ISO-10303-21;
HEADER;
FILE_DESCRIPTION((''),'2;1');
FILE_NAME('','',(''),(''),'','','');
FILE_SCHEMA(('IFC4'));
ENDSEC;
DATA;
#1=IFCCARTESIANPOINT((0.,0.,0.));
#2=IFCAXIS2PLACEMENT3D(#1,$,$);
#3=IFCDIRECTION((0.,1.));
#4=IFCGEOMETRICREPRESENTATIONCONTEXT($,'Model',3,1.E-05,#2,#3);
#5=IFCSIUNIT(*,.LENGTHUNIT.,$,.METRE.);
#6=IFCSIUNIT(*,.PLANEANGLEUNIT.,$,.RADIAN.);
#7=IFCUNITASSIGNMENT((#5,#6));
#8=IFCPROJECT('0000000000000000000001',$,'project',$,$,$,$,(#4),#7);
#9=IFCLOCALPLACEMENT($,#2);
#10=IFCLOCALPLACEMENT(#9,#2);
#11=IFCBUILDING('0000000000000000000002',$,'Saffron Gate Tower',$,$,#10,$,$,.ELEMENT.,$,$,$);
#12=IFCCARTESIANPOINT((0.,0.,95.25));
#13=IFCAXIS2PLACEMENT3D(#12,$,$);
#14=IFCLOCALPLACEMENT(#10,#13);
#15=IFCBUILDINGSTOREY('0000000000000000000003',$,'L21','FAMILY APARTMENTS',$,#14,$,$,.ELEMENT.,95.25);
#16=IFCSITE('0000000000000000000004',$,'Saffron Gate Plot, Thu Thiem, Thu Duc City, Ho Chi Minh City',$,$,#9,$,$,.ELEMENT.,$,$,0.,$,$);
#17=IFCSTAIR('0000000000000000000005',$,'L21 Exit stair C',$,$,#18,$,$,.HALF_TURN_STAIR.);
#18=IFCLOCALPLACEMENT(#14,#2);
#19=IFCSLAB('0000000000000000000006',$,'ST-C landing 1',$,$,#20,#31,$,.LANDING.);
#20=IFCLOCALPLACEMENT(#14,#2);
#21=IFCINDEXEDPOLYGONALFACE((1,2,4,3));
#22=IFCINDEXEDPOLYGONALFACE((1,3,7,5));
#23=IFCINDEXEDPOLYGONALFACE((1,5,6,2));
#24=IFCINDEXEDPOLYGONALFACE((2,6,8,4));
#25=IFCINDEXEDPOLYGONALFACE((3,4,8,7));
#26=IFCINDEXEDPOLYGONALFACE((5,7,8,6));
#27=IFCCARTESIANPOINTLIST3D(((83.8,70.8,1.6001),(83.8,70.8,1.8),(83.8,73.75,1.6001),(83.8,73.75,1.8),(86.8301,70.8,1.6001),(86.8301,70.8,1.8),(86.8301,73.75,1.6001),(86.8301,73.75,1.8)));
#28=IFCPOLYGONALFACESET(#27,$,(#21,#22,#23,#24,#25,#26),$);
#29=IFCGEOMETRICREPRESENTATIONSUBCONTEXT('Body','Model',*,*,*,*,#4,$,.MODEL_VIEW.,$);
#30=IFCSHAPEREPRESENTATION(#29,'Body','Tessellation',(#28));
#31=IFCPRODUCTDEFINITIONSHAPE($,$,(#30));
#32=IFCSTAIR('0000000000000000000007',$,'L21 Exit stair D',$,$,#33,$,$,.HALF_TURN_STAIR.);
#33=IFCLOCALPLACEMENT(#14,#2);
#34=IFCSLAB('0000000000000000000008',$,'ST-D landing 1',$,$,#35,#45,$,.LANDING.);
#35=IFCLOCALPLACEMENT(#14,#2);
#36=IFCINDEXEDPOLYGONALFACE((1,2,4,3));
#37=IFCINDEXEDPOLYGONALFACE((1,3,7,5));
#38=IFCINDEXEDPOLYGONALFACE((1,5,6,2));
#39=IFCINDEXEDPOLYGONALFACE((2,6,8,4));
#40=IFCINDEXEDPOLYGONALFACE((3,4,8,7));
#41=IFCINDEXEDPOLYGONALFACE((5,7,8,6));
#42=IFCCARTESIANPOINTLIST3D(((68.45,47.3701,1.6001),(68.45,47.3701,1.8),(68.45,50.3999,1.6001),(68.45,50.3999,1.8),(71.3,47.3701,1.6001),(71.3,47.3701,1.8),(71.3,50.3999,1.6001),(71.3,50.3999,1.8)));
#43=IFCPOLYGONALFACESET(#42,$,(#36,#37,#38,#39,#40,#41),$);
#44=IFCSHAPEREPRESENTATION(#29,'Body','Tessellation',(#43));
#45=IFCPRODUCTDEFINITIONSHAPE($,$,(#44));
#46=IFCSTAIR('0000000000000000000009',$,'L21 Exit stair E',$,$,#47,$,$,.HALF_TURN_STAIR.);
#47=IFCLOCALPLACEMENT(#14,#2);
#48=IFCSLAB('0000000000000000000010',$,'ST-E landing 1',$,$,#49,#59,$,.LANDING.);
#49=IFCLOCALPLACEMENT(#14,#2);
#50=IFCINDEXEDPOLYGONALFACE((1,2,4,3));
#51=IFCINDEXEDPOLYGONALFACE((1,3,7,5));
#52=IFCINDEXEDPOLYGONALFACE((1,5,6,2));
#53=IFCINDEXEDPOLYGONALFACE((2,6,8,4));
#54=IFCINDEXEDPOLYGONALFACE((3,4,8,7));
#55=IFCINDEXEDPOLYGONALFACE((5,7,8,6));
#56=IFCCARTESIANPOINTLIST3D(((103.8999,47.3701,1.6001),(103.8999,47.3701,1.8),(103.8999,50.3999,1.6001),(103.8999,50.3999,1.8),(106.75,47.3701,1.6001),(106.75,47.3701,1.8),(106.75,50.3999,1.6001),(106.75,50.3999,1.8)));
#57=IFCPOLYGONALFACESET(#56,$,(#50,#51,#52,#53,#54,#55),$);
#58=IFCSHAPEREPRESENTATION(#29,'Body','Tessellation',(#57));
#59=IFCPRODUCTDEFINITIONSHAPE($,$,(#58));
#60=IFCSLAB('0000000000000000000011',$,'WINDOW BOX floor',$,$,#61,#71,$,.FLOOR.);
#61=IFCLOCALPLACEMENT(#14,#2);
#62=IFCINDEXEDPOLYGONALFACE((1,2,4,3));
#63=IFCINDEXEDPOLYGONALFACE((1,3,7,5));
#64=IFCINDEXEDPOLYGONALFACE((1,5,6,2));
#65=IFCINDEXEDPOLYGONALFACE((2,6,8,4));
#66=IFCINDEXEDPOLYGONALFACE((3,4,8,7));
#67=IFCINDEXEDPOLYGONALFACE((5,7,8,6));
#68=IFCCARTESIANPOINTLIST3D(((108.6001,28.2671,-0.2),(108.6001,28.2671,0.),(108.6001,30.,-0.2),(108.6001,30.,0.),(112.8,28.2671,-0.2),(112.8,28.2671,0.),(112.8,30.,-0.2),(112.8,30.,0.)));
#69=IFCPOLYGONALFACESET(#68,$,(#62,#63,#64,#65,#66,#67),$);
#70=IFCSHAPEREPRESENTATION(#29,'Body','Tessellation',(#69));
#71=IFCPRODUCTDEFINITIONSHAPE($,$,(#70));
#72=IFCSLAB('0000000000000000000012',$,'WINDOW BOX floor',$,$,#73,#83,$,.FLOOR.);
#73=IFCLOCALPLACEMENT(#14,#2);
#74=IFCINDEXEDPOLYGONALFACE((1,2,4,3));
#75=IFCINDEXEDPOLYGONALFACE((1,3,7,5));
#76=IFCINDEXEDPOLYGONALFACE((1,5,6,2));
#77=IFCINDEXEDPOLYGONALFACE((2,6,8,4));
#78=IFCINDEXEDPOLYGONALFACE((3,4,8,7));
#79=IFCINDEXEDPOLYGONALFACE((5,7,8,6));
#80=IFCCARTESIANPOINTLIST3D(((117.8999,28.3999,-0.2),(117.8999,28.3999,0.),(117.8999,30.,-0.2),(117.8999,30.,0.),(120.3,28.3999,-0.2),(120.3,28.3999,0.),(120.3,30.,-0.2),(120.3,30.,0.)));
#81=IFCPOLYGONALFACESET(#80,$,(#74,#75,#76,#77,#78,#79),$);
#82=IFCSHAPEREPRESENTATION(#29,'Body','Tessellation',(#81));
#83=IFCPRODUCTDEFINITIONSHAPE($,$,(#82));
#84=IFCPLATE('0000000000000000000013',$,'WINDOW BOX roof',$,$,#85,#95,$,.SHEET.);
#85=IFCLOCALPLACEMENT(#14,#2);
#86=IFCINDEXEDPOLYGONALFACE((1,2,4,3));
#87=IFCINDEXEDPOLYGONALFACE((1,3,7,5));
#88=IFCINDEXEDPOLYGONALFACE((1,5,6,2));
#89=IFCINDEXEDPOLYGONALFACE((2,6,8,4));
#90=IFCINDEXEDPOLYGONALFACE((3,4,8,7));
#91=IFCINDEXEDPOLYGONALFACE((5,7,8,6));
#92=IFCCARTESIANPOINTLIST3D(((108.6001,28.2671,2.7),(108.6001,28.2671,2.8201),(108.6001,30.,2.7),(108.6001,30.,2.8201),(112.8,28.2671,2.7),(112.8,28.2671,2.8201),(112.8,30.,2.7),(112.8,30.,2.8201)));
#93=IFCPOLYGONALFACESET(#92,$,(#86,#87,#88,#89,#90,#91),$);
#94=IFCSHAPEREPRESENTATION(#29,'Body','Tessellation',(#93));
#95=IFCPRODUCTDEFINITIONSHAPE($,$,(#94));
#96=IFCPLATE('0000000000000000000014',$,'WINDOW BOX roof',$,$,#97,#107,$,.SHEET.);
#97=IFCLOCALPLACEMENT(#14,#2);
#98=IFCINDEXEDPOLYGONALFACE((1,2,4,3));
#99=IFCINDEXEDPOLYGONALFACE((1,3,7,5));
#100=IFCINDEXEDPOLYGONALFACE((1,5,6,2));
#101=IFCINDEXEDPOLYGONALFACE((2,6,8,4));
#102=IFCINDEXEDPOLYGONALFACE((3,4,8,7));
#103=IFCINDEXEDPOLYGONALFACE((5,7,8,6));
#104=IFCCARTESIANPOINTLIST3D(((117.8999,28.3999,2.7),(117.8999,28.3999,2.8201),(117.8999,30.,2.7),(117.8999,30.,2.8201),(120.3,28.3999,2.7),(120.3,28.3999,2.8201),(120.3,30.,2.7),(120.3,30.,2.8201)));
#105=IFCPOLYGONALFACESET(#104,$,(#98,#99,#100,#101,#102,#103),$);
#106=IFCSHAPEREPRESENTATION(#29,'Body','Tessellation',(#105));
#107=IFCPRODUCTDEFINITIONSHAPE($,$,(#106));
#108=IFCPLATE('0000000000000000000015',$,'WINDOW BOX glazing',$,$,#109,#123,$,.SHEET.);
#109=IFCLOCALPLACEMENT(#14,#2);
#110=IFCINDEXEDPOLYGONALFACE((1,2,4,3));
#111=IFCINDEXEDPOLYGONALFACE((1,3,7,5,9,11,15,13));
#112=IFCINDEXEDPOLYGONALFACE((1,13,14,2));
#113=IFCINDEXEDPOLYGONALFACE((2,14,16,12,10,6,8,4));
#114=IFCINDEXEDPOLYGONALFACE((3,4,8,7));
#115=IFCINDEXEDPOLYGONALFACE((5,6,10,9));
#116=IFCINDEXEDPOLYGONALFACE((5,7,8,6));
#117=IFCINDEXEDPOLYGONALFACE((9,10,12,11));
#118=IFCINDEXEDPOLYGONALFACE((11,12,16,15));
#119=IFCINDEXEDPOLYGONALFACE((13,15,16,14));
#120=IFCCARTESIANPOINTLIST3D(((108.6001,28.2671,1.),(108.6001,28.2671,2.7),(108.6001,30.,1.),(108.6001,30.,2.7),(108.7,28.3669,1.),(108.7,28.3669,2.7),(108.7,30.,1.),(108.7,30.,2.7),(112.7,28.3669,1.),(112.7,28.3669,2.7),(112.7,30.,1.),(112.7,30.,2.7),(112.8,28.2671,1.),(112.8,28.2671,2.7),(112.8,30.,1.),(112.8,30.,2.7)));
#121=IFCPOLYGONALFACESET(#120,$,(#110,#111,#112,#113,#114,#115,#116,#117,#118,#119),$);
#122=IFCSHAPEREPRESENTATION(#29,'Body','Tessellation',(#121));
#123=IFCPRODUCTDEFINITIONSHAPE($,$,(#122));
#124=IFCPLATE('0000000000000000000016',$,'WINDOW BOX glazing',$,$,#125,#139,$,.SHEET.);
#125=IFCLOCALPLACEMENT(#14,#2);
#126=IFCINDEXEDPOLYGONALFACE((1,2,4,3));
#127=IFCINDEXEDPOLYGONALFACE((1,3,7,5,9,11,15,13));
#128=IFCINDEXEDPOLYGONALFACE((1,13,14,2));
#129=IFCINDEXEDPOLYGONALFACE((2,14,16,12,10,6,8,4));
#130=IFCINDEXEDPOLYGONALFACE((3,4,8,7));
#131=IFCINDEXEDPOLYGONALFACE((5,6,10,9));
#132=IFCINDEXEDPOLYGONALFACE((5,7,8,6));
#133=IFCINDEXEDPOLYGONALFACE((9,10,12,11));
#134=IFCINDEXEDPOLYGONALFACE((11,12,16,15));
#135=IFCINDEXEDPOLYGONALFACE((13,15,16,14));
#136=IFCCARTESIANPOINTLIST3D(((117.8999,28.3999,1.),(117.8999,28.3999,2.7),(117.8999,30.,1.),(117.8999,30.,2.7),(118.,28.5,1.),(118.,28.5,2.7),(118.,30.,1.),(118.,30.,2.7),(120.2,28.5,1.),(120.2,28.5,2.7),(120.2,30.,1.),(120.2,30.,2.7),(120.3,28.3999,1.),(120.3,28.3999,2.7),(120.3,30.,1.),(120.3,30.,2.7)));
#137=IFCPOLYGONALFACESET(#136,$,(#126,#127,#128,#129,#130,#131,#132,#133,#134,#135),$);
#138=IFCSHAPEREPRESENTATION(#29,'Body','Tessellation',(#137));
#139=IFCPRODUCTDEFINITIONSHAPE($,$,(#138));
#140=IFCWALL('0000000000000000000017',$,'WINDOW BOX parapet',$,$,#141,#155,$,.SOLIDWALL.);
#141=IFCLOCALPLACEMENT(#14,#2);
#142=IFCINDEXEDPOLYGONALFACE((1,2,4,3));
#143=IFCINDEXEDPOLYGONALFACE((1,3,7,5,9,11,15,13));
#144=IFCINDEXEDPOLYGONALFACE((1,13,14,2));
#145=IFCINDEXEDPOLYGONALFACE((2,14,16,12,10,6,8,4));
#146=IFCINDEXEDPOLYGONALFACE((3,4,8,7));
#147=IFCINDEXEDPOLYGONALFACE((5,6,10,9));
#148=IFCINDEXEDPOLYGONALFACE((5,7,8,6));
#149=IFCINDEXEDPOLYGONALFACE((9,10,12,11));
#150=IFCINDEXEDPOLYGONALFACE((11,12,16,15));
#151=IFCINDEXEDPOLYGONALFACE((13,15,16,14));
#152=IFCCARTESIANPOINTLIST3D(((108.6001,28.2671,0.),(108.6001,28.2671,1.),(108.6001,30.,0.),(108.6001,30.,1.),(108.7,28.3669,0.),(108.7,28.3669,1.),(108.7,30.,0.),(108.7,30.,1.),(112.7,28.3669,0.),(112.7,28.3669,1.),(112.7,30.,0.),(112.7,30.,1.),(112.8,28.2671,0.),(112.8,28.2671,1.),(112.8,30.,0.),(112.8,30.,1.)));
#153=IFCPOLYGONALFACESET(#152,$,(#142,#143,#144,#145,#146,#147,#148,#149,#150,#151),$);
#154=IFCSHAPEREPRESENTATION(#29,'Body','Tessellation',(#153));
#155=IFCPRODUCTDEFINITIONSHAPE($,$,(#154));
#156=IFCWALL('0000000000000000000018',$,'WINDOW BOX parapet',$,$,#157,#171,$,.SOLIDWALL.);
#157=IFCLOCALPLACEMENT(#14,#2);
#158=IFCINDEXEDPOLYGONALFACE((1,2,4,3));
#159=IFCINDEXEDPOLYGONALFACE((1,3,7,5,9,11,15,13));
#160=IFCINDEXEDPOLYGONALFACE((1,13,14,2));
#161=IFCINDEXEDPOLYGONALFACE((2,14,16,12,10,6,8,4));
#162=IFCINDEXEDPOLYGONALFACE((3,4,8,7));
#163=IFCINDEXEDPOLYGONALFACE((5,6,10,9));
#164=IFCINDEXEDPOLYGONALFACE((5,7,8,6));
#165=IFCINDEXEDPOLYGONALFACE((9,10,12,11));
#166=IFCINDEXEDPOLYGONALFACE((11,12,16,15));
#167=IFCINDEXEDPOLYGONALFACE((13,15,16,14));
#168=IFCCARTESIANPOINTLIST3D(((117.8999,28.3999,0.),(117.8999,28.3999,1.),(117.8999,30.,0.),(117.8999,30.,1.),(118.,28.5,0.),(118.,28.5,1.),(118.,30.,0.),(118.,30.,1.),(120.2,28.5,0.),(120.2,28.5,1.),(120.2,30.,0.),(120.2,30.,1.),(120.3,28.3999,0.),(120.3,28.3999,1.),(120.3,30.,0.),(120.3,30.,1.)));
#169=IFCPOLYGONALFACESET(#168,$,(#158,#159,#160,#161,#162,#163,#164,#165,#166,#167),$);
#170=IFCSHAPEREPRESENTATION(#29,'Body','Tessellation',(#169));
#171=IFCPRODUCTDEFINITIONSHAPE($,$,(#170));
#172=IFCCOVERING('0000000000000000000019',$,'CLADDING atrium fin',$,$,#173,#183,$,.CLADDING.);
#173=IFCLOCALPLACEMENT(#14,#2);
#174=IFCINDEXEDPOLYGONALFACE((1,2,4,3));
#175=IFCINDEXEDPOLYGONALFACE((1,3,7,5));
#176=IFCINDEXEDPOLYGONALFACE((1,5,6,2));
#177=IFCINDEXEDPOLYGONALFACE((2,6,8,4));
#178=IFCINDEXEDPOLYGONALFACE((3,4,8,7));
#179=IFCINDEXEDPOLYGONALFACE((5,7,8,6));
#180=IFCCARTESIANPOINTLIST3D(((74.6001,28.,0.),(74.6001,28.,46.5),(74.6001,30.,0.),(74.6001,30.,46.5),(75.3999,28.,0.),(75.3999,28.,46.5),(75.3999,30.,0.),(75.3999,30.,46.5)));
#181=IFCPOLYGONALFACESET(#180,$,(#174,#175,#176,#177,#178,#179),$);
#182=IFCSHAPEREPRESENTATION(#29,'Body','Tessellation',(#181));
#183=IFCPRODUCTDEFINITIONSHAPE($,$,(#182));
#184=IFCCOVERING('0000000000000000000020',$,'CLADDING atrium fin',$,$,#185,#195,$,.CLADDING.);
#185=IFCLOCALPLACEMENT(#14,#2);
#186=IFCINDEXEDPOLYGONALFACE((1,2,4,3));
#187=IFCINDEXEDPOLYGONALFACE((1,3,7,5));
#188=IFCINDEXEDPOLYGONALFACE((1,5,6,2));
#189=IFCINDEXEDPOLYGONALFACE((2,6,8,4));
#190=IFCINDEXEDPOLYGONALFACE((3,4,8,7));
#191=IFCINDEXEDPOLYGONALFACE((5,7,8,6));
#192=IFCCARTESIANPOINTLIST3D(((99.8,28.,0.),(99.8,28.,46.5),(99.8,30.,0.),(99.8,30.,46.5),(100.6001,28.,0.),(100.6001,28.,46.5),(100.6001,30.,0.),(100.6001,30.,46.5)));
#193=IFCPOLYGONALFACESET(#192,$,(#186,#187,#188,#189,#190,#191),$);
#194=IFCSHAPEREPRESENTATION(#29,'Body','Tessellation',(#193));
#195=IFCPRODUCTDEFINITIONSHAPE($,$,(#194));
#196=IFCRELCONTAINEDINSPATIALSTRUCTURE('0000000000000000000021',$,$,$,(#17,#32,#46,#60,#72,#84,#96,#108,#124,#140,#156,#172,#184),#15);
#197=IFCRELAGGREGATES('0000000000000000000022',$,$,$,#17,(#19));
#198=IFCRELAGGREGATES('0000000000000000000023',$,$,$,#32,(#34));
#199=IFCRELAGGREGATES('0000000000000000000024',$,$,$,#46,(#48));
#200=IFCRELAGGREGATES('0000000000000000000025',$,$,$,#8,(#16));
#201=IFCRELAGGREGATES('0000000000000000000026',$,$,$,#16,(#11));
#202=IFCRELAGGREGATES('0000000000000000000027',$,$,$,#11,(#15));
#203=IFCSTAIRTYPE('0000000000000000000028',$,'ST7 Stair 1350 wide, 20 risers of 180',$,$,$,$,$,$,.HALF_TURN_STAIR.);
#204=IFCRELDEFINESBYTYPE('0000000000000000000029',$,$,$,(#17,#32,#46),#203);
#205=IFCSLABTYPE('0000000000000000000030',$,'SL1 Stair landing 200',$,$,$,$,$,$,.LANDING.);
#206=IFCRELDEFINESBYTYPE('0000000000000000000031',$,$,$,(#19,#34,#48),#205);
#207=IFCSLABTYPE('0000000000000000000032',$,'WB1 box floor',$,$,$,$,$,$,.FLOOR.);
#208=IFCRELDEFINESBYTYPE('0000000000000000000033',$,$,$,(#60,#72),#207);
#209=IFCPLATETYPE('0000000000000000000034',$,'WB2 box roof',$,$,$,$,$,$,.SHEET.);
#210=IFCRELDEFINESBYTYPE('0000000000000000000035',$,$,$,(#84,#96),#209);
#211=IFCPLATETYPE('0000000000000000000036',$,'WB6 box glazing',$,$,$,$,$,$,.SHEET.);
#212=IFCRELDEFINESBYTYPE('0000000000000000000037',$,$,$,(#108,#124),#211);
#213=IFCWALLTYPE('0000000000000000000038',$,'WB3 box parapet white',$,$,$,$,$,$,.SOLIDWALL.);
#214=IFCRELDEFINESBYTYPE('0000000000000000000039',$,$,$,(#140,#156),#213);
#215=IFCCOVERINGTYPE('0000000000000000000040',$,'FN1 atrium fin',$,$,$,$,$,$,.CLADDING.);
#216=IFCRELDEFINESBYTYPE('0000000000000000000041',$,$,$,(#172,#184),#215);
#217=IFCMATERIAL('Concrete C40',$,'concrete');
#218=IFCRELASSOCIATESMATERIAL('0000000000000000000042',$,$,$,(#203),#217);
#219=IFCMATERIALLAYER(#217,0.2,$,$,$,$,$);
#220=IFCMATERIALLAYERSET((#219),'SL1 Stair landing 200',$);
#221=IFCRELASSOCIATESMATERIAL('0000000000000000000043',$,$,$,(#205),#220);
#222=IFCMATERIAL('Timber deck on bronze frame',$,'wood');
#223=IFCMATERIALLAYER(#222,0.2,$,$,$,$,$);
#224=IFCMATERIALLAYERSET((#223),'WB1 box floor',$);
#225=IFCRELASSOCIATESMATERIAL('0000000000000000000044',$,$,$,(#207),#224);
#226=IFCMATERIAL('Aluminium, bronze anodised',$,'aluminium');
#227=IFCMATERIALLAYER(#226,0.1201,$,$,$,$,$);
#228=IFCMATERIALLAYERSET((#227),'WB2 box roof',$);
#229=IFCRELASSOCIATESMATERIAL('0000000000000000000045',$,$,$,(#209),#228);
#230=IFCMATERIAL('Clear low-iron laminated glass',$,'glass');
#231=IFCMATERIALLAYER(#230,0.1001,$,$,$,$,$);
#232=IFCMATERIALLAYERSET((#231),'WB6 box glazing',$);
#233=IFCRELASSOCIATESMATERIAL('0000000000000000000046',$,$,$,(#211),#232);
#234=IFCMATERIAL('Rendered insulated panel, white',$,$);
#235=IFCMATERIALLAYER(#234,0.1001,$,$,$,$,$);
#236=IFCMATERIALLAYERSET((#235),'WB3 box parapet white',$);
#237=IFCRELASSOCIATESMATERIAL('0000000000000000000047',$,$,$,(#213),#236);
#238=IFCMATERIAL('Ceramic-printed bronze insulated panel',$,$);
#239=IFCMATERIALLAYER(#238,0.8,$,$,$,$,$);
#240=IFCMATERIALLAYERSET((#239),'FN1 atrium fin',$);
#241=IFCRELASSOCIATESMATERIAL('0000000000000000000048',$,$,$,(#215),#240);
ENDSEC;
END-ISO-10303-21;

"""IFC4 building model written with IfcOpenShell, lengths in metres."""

from ifc_helpers import new_model, si_unit, direction, frame, origin, place, context, subcontext, project, spatial, polyline, outline, extrude, material, layer, layer_set, type_object, element, aggregate, save


model = new_model("IFC4")

# Units and contexts
model_context = context("Model", 3, precision=1e-05, world=origin(), true_north=direction((0.0, 1.0)))
body_context = subcontext(model_context, "Body", "Model", "MODEL_VIEW")
ifc_project = project(units=[si_unit("LENGTHUNIT", "METRE"), si_unit("PLANEANGLEUNIT", "RADIAN")], contexts=[model_context])

# Site, building, storey
site_placement = place(None, origin())
site = spatial("IfcSite", under=ifc_project, at=site_placement, Name="Saffron Gate Plot, Thu Thiem, Thu Duc City, Ho Chi Minh City", CompositionType="ELEMENT", RefElevation=0.0)
building_placement = place(site_placement, origin())
building = spatial("IfcBuilding", under=site, at=building_placement, Name="Saffron Gate Tower", CompositionType="ELEMENT")
storey_placement = place(building_placement, frame((0.0, 0.0, 95.25)))
storey = spatial("IfcBuildingStorey", under=building, at=storey_placement, Name="L21", Description="FAMILY APARTMENTS", CompositionType="ELEMENT", Elevation=95.25)

# Shared definitions
ifc_material_1 = material(Name="Aluminium, bronze anodised", Category="aluminium")

# Stairs, slabs
ifc_material_2 = material(Name="Concrete C40", Category="concrete")
stair_type = type_object("IfcStairType", Name="ST7 Stair 1350 wide, 20 risers of 180", PredefinedType="HALF_TURN_STAIR", material=ifc_material_2)
ifc_layer_1 = layer(ifc_material_2, 0.2)
ifc_layer_set_1 = layer_set([ifc_layer_1], Name="SL1 Stair landing 200")
slab_type_1 = type_object("IfcSlabType", Name="SL1 Stair landing 200", PredefinedType="LANDING", material=ifc_layer_set_1)
stair_1_placement = place(storey_placement, origin())
stair_1 = element("IfcStair", 1, at=stair_1_placement, inside=storey, type_object=stair_type, Name="L21 Exit stair C", PredefinedType="HALF_TURN_STAIR")
slab_1_placement = place(storey_placement, frame((0.0, 0.0, 1.6001)))
slab_1 = element("IfcSlab", 2, at=slab_1_placement, type_object=slab_type_1, Name="ST-C landing 1", PredefinedType="LANDING", context=body_context, shape_type="SweptSolid", body=[
    extrude(outline(polyline([(86.8301, 73.75), (83.8, 73.75), (83.8, 70.8), (86.8301, 70.8), (86.8301, 73.75)])), origin(), (0.0, 0.0, 1.0), 0.2),
])
aggregate(stair_1, [slab_1])
stair_2_placement = place(storey_placement, origin())
stair_2 = element("IfcStair", 3, at=stair_2_placement, inside=storey, type_object=stair_type, Name="L21 Exit stair D", PredefinedType="HALF_TURN_STAIR")
slab_2_placement = place(storey_placement, frame((0.0, 0.0, 1.6001)))
slab_2 = element("IfcSlab", 4, at=slab_2_placement, type_object=slab_type_1, Name="ST-D landing 1", PredefinedType="LANDING", context=body_context, shape_type="SweptSolid", body=[
    extrude(outline(polyline([(71.3, 47.3701), (71.3, 50.3999), (68.45, 50.3999), (68.45, 47.3701), (71.3, 47.3701)])), origin(), (0.0, 0.0, 1.0), 0.2),
])
aggregate(stair_2, [slab_2])
stair_3_placement = place(storey_placement, origin())
stair_3 = element("IfcStair", 5, at=stair_3_placement, inside=storey, type_object=stair_type, Name="L21 Exit stair E", PredefinedType="HALF_TURN_STAIR")
slab_3_placement = place(storey_placement, frame((0.0, 0.0, 1.6001)))
slab_3 = element("IfcSlab", 6, at=slab_3_placement, type_object=slab_type_1, Name="ST-E landing 1", PredefinedType="LANDING", context=body_context, shape_type="SweptSolid", body=[
    extrude(outline(polyline([(106.75, 47.3701), (106.75, 50.3999), (103.8999, 50.3999), (103.8999, 47.3701), (106.75, 47.3701)])), origin(), (0.0, 0.0, 1.0), 0.2),
])
aggregate(stair_3, [slab_3])

# Slabs
ifc_material_3 = material(Name="Timber deck on bronze frame", Category="wood")
ifc_layer_2 = layer(ifc_material_3, 0.2)
ifc_layer_set_2 = layer_set([ifc_layer_2], Name="WB1 box floor")
slab_type_2 = type_object("IfcSlabType", Name="WB1 box floor", PredefinedType="FLOOR", material=ifc_layer_set_2)
slab_4_placement = place(storey_placement, frame((0.0, 0.0, -0.2)))
element("IfcSlab", 7, at=slab_4_placement, inside=storey, type_object=slab_type_2, Name="WINDOW BOX floor", PredefinedType="FLOOR", context=body_context, shape_type="SweptSolid", body=[
    extrude(outline(polyline([(108.6001, 30.0), (112.8, 30.0), (112.8, 28.2671), (108.6001, 28.2671), (108.6001, 30.0)])), origin(), (0.0, 0.0, 1.0), 0.2),
])
slab_5_placement = place(storey_placement, frame((0.0, 0.0, -0.2)))
element("IfcSlab", 8, at=slab_5_placement, inside=storey, type_object=slab_type_2, Name="WINDOW BOX floor", PredefinedType="FLOOR", context=body_context, shape_type="SweptSolid", body=[
    extrude(outline(polyline([(117.8999, 30.0), (120.3, 30.0), (120.3, 28.3999), (117.8999, 28.3999), (117.8999, 30.0)])), origin(), (0.0, 0.0, 1.0), 0.2),
])

# Plates
ifc_layer_3 = layer(ifc_material_1, 0.1201)
ifc_layer_set_3 = layer_set([ifc_layer_3], Name="WB2 box roof")
plate_type_1 = type_object("IfcPlateType", Name="WB2 box roof", PredefinedType="SHEET", material=ifc_layer_set_3)
plate_1_placement = place(storey_placement, frame((0.0, 0.0, 2.7)))
element("IfcPlate", 9, at=plate_1_placement, inside=storey, type_object=plate_type_1, Name="WINDOW BOX roof", PredefinedType="SHEET", context=body_context, shape_type="SweptSolid", body=[
    extrude(outline(polyline([(108.6001, 30.0), (112.8, 30.0), (112.8, 28.2671), (108.6001, 28.2671), (108.6001, 30.0)])), origin(), (0.0, 0.0, 1.0), 0.1201),
])
plate_2_placement = place(storey_placement, frame((0.0, 0.0, 2.7)))
element("IfcPlate", 10, at=plate_2_placement, inside=storey, type_object=plate_type_1, Name="WINDOW BOX roof", PredefinedType="SHEET", context=body_context, shape_type="SweptSolid", body=[
    extrude(outline(polyline([(117.8999, 30.0), (120.3, 30.0), (120.3, 28.3999), (117.8999, 28.3999), (117.8999, 30.0)])), origin(), (0.0, 0.0, 1.0), 0.1201),
])
ifc_material_4 = material(Name="Clear low-iron laminated glass", Category="glass")
ifc_layer_4 = layer(ifc_material_4, 0.1001)
ifc_layer_set_4 = layer_set([ifc_layer_4], Name="WB6 box glazing")
plate_type_2 = type_object("IfcPlateType", Name="WB6 box glazing", PredefinedType="SHEET", material=ifc_layer_set_4)
plate_3_placement = place(storey_placement, frame((0.0, 0.0, 1.0)))
element("IfcPlate", 11, at=plate_3_placement, inside=storey, type_object=plate_type_2, Name="WINDOW BOX glazing", PredefinedType="SHEET", context=body_context, shape_type="SweptSolid", body=[
    extrude(outline(polyline([(108.6001, 30.0), (108.7, 30.0), (108.7, 28.3669), (112.7, 28.3669), (112.7, 30.0), (112.8, 30.0), (112.8, 28.2671), (108.6001, 28.2671), (108.6001, 30.0)])), origin(), (0.0, 0.0, 1.0), 1.7),
])
plate_4_placement = place(storey_placement, frame((0.0, 0.0, 1.0)))
element("IfcPlate", 12, at=plate_4_placement, inside=storey, type_object=plate_type_2, Name="WINDOW BOX glazing", PredefinedType="SHEET", context=body_context, shape_type="SweptSolid", body=[
    extrude(outline(polyline([(117.8999, 30.0), (118.0, 30.0), (118.0, 28.5), (120.2, 28.5), (120.2, 30.0), (120.3, 30.0), (120.3, 28.3999), (117.8999, 28.3999), (117.8999, 30.0)])), origin(), (0.0, 0.0, 1.0), 1.7),
])

# Walls
ifc_material_5 = material(Name="Rendered insulated panel, white")
ifc_layer_5 = layer(ifc_material_5, 0.1001)
ifc_layer_set_5 = layer_set([ifc_layer_5], Name="WB3 box parapet white")
wall_type = type_object("IfcWallType", Name="WB3 box parapet white", PredefinedType="SOLIDWALL", material=ifc_layer_set_5)
wall_1_placement = place(storey_placement, origin())
element("IfcWall", 13, at=wall_1_placement, inside=storey, type_object=wall_type, Name="WINDOW BOX parapet", PredefinedType="SOLIDWALL", context=body_context, shape_type="SweptSolid", body=[
    extrude(outline(polyline([(108.6001, 30.0), (108.7, 30.0), (108.7, 28.3669), (112.7, 28.3669), (112.7, 30.0), (112.8, 30.0), (112.8, 28.2671), (108.6001, 28.2671), (108.6001, 30.0)])), origin(), (0.0, 0.0, 1.0), 1.0),
])
wall_2_placement = place(storey_placement, origin())
element("IfcWall", 14, at=wall_2_placement, inside=storey, type_object=wall_type, Name="WINDOW BOX parapet", PredefinedType="SOLIDWALL", context=body_context, shape_type="SweptSolid", body=[
    extrude(outline(polyline([(117.8999, 30.0), (118.0, 30.0), (118.0, 28.5), (120.2, 28.5), (120.2, 30.0), (120.3, 30.0), (120.3, 28.3999), (117.8999, 28.3999), (117.8999, 30.0)])), origin(), (0.0, 0.0, 1.0), 1.0),
])

# Coverings
ifc_material_6 = material(Name="Ceramic-printed bronze insulated panel")
ifc_layer_6 = layer(ifc_material_6, 0.8)
ifc_layer_set_6 = layer_set([ifc_layer_6], Name="FN1 atrium fin")
covering_type_1 = type_object("IfcCoveringType", Name="FN1 atrium fin", PredefinedType="CLADDING", material=ifc_layer_set_6)
covering_1_placement = place(storey_placement, origin())
element("IfcCovering", 15, at=covering_1_placement, inside=storey, type_object=covering_type_1, Name="CLADDING atrium fin", PredefinedType="CLADDING", context=body_context, shape_type="SweptSolid", body=[
    extrude(outline(polyline([(74.6001, 30.0), (75.3999, 30.0), (75.3999, 28.0), (74.6001, 28.0), (74.6001, 30.0)])), origin(), (0.0, 0.0, 1.0), 46.5),
])
covering_2_placement = place(storey_placement, origin())
element("IfcCovering", 16, at=covering_2_placement, inside=storey, type_object=covering_type_1, Name="CLADDING atrium fin", PredefinedType="CLADDING", context=body_context, shape_type="SweptSolid", body=[
    extrude(outline(polyline([(99.8, 30.0), (100.6001, 30.0), (100.6001, 28.0), (99.8, 28.0), (99.8, 30.0)])), origin(), (0.0, 0.0, 1.0), 46.5),
])

save(model, "model.ifc")
